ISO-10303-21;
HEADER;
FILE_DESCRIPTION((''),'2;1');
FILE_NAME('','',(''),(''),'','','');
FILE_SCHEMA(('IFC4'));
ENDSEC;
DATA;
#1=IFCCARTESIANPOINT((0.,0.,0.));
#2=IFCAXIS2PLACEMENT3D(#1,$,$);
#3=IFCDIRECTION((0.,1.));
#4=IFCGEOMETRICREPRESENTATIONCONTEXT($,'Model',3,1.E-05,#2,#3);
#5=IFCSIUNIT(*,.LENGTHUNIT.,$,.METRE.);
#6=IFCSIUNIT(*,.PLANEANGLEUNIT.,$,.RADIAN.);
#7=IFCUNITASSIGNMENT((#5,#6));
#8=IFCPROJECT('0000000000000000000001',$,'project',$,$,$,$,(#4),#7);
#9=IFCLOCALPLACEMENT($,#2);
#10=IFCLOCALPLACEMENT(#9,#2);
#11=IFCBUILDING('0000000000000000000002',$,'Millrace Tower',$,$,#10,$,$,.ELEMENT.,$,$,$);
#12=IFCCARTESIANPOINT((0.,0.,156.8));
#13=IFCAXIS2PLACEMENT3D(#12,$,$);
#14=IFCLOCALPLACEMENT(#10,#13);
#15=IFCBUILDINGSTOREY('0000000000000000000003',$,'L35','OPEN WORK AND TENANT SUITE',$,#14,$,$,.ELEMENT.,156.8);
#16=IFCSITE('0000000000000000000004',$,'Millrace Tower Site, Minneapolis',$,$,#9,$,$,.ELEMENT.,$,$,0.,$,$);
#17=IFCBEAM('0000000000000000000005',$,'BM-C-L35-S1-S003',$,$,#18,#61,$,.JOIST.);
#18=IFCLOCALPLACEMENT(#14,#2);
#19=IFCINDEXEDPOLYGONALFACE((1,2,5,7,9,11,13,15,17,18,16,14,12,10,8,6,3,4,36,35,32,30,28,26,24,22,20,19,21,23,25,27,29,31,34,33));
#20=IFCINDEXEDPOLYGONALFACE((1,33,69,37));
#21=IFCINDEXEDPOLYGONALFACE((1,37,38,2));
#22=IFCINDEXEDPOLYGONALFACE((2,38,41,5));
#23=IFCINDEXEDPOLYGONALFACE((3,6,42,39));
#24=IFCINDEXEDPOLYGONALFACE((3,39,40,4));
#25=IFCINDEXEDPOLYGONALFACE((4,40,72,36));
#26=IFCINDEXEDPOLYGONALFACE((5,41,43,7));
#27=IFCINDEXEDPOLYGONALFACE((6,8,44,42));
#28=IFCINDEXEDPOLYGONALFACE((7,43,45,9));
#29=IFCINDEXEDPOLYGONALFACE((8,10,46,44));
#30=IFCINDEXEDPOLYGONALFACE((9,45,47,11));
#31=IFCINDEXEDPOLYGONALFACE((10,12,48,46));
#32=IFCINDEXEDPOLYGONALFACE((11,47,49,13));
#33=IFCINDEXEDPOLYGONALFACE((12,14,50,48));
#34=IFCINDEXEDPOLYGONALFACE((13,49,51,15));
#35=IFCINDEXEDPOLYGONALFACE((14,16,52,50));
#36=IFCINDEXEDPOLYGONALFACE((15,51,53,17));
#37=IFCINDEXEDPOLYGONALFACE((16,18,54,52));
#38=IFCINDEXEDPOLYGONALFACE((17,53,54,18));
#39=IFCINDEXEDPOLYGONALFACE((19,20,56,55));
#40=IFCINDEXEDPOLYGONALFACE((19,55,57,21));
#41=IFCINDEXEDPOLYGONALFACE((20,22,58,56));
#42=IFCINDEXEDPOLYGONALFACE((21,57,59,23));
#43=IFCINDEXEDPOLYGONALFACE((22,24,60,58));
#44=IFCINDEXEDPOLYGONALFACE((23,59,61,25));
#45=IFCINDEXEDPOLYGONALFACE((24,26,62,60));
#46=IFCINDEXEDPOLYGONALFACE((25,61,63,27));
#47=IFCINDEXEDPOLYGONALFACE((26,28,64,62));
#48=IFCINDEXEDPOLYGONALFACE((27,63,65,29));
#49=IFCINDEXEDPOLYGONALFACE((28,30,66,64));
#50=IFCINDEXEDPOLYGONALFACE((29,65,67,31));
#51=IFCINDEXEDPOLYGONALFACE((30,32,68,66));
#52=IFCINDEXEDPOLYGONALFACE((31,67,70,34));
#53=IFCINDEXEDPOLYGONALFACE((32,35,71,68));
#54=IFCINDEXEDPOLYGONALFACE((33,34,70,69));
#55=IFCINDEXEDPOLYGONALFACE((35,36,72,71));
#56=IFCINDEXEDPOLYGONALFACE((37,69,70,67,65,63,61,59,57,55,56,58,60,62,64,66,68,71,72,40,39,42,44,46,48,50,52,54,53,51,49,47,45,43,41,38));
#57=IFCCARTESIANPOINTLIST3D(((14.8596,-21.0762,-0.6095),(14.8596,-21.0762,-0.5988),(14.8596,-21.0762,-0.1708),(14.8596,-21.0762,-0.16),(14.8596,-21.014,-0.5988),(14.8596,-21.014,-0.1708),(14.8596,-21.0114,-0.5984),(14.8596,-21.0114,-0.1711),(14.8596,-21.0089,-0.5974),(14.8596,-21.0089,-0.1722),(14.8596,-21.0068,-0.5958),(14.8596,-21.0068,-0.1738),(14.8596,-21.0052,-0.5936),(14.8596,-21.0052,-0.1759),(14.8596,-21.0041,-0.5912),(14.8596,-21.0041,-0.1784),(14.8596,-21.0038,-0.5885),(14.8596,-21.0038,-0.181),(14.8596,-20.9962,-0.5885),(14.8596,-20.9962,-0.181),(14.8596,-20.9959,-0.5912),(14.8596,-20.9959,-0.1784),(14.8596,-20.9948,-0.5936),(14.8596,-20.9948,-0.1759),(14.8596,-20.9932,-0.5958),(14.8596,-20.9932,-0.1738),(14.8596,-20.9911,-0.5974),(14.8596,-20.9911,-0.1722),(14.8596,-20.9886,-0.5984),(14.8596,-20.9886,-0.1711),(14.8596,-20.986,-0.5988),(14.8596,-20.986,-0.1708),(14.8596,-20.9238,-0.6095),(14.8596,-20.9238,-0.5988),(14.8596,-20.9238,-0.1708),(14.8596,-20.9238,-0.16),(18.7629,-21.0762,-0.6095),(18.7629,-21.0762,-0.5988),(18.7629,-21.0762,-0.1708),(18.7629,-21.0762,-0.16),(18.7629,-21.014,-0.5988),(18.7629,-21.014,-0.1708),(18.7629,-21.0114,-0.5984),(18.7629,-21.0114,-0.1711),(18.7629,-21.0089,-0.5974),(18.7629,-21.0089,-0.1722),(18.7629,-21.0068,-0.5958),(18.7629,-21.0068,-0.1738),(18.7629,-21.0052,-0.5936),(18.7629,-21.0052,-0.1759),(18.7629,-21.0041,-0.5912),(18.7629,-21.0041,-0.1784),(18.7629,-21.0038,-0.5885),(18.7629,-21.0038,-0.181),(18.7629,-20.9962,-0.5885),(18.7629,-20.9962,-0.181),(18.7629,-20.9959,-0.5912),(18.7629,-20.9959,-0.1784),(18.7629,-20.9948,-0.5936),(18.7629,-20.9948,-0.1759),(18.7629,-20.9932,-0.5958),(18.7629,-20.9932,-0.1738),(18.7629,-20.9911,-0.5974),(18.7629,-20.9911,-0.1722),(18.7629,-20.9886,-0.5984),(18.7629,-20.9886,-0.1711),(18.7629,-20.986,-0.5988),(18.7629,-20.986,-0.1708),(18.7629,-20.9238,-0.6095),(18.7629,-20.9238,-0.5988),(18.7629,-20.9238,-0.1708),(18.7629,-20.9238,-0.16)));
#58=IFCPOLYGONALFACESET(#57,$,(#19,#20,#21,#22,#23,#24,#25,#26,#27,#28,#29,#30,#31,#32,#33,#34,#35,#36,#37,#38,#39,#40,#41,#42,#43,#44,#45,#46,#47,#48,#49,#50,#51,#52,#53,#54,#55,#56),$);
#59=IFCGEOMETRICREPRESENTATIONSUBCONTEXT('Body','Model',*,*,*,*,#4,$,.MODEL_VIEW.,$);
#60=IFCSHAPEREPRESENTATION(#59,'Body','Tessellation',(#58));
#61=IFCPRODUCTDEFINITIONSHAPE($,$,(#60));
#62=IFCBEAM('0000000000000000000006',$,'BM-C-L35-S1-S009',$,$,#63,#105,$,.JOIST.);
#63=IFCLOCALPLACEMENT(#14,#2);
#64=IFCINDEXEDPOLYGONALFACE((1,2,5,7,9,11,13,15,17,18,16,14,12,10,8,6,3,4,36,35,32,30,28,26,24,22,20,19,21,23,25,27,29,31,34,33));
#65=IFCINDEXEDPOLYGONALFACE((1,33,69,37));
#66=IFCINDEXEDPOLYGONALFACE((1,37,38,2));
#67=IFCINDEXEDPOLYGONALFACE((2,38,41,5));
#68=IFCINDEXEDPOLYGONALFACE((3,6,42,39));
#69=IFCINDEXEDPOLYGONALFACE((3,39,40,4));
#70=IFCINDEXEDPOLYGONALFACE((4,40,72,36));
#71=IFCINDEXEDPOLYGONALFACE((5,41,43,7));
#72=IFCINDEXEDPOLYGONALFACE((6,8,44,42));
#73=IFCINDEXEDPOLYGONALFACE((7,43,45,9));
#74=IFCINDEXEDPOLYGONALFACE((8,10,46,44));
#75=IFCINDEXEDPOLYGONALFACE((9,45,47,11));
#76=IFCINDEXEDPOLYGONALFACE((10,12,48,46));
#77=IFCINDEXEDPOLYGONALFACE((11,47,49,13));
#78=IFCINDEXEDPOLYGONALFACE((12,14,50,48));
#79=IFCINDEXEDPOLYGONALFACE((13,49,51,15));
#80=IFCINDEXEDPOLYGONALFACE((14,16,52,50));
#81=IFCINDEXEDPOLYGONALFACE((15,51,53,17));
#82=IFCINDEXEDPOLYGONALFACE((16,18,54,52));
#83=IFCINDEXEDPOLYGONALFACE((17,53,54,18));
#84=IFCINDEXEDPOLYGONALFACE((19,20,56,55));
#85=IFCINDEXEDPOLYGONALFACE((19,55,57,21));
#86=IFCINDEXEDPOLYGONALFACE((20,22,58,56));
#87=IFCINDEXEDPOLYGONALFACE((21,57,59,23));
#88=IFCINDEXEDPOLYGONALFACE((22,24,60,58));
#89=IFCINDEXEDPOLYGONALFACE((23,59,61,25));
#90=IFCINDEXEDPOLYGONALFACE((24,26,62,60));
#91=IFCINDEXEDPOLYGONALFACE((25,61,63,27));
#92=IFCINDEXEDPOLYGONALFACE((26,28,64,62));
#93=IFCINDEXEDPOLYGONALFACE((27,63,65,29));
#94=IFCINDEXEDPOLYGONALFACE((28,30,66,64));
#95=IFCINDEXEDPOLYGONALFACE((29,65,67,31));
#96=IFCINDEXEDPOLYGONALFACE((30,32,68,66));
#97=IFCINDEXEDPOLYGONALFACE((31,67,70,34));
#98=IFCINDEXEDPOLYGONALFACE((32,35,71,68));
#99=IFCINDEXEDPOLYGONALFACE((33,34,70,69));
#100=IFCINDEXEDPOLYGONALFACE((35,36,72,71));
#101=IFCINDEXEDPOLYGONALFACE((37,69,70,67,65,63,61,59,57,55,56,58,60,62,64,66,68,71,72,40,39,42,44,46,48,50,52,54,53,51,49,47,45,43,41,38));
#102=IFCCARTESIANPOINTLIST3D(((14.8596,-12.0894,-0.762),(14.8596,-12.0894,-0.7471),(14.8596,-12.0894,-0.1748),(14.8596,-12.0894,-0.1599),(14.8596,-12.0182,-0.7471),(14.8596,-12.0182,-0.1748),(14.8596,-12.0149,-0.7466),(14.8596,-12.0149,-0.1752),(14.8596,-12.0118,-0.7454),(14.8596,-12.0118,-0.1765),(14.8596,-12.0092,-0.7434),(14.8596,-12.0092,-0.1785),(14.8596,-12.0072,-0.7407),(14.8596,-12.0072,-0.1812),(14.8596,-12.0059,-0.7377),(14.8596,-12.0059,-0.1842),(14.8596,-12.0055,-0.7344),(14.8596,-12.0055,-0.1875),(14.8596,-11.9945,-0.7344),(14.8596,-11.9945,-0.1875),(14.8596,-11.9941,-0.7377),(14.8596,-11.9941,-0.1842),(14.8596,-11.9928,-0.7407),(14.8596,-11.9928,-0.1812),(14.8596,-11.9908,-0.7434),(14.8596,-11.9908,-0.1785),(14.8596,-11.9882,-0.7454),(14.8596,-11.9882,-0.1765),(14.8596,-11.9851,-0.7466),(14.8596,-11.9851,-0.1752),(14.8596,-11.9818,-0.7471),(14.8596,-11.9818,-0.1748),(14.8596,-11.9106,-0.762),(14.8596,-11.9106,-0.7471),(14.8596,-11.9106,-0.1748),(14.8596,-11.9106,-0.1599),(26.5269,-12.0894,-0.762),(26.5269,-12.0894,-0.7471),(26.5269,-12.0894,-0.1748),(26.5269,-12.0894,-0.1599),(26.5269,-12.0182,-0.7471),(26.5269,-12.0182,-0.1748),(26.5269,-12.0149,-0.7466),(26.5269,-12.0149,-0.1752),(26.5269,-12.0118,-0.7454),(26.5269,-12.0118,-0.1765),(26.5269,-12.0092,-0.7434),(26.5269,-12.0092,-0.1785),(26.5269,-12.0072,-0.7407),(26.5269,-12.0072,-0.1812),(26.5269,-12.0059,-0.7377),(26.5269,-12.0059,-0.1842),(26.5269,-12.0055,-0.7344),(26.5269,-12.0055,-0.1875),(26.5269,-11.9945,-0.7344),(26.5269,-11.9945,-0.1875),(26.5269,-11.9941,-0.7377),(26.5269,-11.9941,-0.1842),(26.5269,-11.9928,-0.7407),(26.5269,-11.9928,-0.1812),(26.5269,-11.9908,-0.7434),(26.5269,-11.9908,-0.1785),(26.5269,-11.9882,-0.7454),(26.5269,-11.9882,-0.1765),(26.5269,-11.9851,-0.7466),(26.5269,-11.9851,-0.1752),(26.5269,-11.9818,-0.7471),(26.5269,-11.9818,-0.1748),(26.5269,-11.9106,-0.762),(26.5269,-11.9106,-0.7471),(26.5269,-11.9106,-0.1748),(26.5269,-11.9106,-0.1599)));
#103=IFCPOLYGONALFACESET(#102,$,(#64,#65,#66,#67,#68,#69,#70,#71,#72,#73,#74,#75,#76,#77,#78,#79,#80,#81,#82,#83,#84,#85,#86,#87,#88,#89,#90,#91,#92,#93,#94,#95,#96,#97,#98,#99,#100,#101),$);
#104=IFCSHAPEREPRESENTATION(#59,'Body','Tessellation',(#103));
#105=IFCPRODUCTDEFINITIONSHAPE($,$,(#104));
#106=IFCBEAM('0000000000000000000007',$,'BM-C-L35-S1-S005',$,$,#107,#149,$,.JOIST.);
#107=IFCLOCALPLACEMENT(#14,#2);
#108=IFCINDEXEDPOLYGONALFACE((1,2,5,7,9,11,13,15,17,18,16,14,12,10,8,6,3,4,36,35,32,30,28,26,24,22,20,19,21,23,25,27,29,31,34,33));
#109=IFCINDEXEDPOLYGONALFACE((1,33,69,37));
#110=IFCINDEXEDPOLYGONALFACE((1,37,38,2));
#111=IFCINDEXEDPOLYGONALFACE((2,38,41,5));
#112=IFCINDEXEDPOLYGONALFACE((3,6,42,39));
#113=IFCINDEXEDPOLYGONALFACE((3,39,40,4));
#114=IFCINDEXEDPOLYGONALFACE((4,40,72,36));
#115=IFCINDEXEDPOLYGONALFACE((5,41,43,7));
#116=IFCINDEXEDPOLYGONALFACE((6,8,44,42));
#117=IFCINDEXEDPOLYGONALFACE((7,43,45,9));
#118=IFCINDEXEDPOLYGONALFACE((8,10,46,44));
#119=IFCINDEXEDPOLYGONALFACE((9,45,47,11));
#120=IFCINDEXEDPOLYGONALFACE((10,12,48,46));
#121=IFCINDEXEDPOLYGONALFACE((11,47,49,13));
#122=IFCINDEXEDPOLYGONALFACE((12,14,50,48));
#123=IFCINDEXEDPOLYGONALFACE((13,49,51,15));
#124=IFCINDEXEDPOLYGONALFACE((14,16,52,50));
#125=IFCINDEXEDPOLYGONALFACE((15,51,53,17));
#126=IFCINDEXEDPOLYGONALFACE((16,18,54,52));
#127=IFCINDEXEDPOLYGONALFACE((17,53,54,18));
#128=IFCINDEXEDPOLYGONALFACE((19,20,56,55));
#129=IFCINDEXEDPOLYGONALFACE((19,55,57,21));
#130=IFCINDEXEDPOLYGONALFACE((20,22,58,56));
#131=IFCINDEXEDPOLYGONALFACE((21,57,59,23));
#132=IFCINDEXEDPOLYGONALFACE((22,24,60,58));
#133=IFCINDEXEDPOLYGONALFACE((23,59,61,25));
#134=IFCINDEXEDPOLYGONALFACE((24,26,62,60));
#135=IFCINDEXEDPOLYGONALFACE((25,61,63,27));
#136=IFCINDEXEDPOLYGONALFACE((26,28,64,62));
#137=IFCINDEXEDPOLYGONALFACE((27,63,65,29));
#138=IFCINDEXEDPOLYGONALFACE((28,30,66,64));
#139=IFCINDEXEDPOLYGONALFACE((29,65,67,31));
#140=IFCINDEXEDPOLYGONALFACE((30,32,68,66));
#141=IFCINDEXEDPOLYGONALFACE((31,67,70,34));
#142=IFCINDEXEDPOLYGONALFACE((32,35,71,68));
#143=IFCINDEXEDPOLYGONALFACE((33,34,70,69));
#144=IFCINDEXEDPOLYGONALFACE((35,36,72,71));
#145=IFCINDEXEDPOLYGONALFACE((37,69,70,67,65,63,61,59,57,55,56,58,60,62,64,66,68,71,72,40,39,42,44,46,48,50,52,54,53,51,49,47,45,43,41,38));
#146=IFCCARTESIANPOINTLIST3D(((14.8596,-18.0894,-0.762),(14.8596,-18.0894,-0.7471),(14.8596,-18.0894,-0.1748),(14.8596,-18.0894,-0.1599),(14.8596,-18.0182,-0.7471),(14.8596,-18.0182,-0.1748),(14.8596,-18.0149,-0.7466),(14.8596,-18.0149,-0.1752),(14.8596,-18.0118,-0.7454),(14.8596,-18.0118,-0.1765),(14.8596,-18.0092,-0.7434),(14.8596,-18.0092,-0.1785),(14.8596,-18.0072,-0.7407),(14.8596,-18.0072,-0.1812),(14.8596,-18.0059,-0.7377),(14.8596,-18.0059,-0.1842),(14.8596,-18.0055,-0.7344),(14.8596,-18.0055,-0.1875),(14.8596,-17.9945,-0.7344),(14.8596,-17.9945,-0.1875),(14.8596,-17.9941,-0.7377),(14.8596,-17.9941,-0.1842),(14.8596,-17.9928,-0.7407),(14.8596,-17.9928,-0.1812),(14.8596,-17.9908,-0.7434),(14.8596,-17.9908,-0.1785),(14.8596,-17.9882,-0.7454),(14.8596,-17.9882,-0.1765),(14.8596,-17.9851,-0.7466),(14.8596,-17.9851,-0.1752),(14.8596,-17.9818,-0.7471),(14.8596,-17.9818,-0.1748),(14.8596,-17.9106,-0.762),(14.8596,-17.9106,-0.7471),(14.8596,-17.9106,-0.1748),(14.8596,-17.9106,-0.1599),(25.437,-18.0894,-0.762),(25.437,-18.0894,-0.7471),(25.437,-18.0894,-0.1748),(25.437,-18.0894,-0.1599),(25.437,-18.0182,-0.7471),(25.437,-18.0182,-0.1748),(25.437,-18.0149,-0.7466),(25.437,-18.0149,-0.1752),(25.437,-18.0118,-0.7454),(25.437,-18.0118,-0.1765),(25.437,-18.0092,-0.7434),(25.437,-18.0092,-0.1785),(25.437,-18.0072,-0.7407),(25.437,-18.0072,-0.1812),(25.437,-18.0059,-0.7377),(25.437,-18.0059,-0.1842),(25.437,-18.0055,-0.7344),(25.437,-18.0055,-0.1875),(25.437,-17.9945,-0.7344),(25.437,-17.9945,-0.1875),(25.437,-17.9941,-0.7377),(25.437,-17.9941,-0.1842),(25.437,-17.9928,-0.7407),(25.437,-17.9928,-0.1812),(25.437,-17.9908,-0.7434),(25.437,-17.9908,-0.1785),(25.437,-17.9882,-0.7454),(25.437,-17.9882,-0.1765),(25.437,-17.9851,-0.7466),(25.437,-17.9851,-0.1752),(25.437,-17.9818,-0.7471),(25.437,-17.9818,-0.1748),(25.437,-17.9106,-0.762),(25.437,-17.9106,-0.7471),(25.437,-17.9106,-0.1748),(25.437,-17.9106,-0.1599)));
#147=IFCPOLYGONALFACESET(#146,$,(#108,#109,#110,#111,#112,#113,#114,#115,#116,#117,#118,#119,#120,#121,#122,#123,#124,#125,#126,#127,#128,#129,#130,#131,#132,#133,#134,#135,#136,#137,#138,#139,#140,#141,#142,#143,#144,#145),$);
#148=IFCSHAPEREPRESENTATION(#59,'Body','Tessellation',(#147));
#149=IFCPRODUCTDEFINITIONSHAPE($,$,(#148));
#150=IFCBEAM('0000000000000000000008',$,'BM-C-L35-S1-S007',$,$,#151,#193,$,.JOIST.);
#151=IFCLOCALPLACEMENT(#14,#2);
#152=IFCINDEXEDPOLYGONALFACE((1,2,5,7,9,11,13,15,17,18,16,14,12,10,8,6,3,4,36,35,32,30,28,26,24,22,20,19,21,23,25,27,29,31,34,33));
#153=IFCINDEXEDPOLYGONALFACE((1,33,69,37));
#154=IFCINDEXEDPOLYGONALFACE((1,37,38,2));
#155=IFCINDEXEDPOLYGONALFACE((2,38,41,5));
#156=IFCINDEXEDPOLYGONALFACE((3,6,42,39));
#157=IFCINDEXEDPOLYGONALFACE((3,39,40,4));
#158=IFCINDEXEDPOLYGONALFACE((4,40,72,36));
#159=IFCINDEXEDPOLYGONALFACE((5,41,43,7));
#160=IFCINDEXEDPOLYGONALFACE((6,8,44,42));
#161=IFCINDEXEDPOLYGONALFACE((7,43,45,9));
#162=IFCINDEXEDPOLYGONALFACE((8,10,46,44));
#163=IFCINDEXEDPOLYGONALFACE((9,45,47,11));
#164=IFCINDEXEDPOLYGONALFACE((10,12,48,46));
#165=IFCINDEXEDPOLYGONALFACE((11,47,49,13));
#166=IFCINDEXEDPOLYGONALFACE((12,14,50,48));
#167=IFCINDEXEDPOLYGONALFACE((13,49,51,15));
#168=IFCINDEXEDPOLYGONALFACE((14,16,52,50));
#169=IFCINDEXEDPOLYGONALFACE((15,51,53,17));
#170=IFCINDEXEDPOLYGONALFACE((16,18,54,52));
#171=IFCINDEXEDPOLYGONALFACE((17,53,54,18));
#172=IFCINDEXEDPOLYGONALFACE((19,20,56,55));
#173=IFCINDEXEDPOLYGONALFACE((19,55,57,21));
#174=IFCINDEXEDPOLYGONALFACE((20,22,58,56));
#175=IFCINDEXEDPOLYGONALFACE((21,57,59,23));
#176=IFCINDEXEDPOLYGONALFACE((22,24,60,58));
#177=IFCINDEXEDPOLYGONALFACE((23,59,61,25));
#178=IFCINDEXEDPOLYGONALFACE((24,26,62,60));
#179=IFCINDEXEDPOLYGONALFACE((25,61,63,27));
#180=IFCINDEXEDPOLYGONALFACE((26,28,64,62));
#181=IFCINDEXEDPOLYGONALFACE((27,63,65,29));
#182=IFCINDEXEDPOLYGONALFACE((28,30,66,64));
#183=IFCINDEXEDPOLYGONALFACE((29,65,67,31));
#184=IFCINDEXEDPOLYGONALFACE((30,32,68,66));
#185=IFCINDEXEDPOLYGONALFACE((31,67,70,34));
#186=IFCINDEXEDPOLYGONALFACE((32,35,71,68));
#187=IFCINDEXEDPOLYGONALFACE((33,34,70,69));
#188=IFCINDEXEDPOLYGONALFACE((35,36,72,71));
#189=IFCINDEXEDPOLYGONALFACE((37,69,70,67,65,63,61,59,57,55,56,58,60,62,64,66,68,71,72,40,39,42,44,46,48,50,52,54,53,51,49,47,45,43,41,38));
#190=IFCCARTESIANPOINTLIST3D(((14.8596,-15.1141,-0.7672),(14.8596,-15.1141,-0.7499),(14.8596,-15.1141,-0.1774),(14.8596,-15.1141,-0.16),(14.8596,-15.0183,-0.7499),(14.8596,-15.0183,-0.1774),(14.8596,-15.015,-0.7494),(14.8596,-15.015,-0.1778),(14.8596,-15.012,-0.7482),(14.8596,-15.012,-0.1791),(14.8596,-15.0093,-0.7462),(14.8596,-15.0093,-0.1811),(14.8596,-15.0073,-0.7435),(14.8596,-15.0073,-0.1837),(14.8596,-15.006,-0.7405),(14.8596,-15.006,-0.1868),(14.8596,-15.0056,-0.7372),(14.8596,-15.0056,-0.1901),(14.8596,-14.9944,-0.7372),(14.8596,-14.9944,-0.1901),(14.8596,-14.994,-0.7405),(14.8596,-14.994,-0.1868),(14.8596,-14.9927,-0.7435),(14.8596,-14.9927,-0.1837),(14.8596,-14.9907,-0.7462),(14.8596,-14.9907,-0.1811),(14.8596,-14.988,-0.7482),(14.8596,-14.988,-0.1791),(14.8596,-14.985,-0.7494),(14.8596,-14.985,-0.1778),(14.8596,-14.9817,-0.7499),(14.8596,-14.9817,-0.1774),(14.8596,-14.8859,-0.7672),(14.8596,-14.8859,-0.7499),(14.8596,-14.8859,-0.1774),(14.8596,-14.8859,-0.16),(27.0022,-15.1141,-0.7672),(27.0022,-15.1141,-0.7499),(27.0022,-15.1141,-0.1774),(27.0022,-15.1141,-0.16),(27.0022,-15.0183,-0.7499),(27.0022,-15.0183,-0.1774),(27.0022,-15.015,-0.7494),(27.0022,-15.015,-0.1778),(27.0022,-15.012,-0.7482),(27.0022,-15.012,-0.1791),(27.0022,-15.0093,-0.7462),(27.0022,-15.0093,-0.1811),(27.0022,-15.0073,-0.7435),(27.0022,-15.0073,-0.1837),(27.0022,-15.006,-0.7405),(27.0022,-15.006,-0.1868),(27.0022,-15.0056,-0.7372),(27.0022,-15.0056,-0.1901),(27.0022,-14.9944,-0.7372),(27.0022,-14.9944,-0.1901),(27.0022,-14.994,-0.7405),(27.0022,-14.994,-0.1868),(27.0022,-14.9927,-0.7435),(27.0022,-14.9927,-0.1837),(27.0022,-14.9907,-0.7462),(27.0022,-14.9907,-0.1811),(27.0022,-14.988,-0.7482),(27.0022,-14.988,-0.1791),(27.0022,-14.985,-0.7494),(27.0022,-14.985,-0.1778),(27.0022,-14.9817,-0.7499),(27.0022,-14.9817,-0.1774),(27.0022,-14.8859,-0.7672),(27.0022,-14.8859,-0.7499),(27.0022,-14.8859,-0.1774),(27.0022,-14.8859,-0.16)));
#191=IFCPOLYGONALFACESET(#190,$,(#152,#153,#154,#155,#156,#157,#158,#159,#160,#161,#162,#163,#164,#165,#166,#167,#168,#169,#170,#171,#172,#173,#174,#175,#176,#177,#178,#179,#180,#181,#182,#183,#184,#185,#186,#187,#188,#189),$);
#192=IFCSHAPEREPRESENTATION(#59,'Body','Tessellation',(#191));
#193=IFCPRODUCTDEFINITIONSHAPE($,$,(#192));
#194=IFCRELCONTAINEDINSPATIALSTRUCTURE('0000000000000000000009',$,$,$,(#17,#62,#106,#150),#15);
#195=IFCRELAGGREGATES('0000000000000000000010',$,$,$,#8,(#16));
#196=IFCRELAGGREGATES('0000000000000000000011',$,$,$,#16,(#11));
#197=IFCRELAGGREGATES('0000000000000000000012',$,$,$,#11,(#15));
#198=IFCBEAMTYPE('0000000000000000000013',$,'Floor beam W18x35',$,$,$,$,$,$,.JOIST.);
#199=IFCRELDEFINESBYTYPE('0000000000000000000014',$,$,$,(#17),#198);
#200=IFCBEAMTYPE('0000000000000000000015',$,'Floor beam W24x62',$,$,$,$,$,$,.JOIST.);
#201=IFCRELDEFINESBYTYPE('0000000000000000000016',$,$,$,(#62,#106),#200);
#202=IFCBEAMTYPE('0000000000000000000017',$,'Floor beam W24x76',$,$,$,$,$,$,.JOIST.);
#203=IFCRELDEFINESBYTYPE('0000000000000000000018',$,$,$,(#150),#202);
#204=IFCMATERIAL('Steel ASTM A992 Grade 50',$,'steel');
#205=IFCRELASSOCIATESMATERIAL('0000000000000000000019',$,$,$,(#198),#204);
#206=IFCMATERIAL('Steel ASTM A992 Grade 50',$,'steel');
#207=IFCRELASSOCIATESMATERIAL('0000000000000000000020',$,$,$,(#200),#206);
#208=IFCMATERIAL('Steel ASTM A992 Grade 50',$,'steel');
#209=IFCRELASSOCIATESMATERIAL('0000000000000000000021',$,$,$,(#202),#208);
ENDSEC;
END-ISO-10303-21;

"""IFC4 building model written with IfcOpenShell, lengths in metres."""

from ifc_helpers import new_model, si_unit, direction, frame, origin, origin_2d, place, context, subcontext, project, spatial, i_section, extrude, material, material_profile, profile_set, type_object, element, save


model = new_model("IFC4")

# Units and contexts
model_context = context("Model", 3, precision=1e-05, world=origin(), true_north=direction((0.0, 1.0)))
body_context = subcontext(model_context, "Body", "Model", "MODEL_VIEW")
ifc_project = project(units=[si_unit("LENGTHUNIT", "METRE"), si_unit("PLANEANGLEUNIT", "RADIAN")], contexts=[model_context])

# Site, building, storey
site_placement = place(None, origin())
site = spatial("IfcSite", under=ifc_project, at=site_placement, Name="Millrace Tower Site, Minneapolis", CompositionType="ELEMENT", RefElevation=0.0)
building_placement = place(site_placement, origin())
building = spatial("IfcBuilding", under=site, at=building_placement, Name="Millrace Tower", CompositionType="ELEMENT")
storey_placement = place(building_placement, frame((0.0, 0.0, 156.8)))
storey = spatial("IfcBuildingStorey", under=building, at=storey_placement, Name="L35", Description="OPEN WORK AND TENANT SUITE", CompositionType="ELEMENT", Elevation=156.8)

# Beams
ifc_material_1 = material(Name="Steel ASTM A992 Grade 50", Category="steel")
ifc_material_profile_1 = material_profile(ifc_material_1, i_section(OverallWidth=0.1523, OverallDepth=0.4495, WebThickness=0.0076, FlangeThickness=0.0107, FilletRadius=0.0103, at=origin_2d()))
ifc_profile_set_1 = profile_set([ifc_material_profile_1], Name="Steel ASTM A992 Grade 50")
beam_type_1 = type_object("IfcBeamType", Name="Floor beam W18x35", PredefinedType="JOIST", material=ifc_profile_set_1)
beam_1_placement = place(storey_placement, frame((14.8596, -21.0, -0.3848), z_axis=(1.0, 0.0, 0.0), x_axis=(0.0, 1.0, 0.0)))
element("IfcBeam", 1, at=beam_1_placement, inside=storey, type_object=beam_type_1, Name="BM-C-L35-S1-S003", PredefinedType="JOIST", context=body_context, shape_type="SweptSolid", body=[
    extrude(i_section(OverallWidth=0.1523, OverallDepth=0.4495, WebThickness=0.0076, FlangeThickness=0.0107, FilletRadius=0.0103, at=origin_2d()), origin(), (0.0, 0.0, 1.0), 3.9033),
])
ifc_material_2 = material(Name="Steel ASTM A992 Grade 50", Category="steel")
ifc_material_profile_2 = material_profile(ifc_material_2, i_section(OverallWidth=0.1787, OverallDepth=0.6021, WebThickness=0.011, FlangeThickness=0.0149, FilletRadius=0.0127, at=origin_2d()))
ifc_profile_set_2 = profile_set([ifc_material_profile_2], Name="Steel ASTM A992 Grade 50")
beam_type_2 = type_object("IfcBeamType", Name="Floor beam W24x62", PredefinedType="JOIST", material=ifc_profile_set_2)
beam_2_placement = place(storey_placement, frame((14.8596, -12.0, -0.4609), z_axis=(1.0, 0.0, 0.0), x_axis=(0.0, 1.0, 0.0)))
element("IfcBeam", 2, at=beam_2_placement, inside=storey, type_object=beam_type_2, Name="BM-C-L35-S1-S009", PredefinedType="JOIST", context=body_context, shape_type="SweptSolid", body=[
    extrude(i_section(OverallWidth=0.1787, OverallDepth=0.6021, WebThickness=0.011, FlangeThickness=0.0149, FilletRadius=0.0127, at=origin_2d()), origin(), (0.0, 0.0, 1.0), 11.6672),
])
beam_3_placement = place(storey_placement, frame((14.8596, -18.0, -0.4609), z_axis=(1.0, 0.0, 0.0), x_axis=(0.0, 1.0, 0.0)))
element("IfcBeam", 3, at=beam_3_placement, inside=storey, type_object=beam_type_2, Name="BM-C-L35-S1-S005", PredefinedType="JOIST", context=body_context, shape_type="SweptSolid", body=[
    extrude(i_section(OverallWidth=0.1787, OverallDepth=0.6021, WebThickness=0.011, FlangeThickness=0.0149, FilletRadius=0.0127, at=origin_2d()), origin(), (0.0, 0.0, 1.0), 10.5774),
])
ifc_material_3 = material(Name="Steel ASTM A992 Grade 50", Category="steel")
ifc_material_profile_3 = material_profile(ifc_material_3, i_section(OverallWidth=0.2283, OverallDepth=0.6072, WebThickness=0.0112, FlangeThickness=0.0173, FilletRadius=0.0127, at=origin_2d()))
ifc_profile_set_3 = profile_set([ifc_material_profile_3], Name="Steel ASTM A992 Grade 50")
beam_type_3 = type_object("IfcBeamType", Name="Floor beam W24x76", PredefinedType="JOIST", material=ifc_profile_set_3)
beam_4_placement = place(storey_placement, frame((14.8596, -15.0, -0.4636), z_axis=(1.0, 0.0, 0.0), x_axis=(0.0, 1.0, 0.0)))
element("IfcBeam", 4, at=beam_4_placement, inside=storey, type_object=beam_type_3, Name="BM-C-L35-S1-S007", PredefinedType="JOIST", context=body_context, shape_type="SweptSolid", body=[
    extrude(i_section(OverallWidth=0.2283, OverallDepth=0.6072, WebThickness=0.0112, FlangeThickness=0.0173, FilletRadius=0.0127, at=origin_2d()), origin(), (0.0, 0.0, 1.0), 12.1426),
])

save(model, "model.ifc")
